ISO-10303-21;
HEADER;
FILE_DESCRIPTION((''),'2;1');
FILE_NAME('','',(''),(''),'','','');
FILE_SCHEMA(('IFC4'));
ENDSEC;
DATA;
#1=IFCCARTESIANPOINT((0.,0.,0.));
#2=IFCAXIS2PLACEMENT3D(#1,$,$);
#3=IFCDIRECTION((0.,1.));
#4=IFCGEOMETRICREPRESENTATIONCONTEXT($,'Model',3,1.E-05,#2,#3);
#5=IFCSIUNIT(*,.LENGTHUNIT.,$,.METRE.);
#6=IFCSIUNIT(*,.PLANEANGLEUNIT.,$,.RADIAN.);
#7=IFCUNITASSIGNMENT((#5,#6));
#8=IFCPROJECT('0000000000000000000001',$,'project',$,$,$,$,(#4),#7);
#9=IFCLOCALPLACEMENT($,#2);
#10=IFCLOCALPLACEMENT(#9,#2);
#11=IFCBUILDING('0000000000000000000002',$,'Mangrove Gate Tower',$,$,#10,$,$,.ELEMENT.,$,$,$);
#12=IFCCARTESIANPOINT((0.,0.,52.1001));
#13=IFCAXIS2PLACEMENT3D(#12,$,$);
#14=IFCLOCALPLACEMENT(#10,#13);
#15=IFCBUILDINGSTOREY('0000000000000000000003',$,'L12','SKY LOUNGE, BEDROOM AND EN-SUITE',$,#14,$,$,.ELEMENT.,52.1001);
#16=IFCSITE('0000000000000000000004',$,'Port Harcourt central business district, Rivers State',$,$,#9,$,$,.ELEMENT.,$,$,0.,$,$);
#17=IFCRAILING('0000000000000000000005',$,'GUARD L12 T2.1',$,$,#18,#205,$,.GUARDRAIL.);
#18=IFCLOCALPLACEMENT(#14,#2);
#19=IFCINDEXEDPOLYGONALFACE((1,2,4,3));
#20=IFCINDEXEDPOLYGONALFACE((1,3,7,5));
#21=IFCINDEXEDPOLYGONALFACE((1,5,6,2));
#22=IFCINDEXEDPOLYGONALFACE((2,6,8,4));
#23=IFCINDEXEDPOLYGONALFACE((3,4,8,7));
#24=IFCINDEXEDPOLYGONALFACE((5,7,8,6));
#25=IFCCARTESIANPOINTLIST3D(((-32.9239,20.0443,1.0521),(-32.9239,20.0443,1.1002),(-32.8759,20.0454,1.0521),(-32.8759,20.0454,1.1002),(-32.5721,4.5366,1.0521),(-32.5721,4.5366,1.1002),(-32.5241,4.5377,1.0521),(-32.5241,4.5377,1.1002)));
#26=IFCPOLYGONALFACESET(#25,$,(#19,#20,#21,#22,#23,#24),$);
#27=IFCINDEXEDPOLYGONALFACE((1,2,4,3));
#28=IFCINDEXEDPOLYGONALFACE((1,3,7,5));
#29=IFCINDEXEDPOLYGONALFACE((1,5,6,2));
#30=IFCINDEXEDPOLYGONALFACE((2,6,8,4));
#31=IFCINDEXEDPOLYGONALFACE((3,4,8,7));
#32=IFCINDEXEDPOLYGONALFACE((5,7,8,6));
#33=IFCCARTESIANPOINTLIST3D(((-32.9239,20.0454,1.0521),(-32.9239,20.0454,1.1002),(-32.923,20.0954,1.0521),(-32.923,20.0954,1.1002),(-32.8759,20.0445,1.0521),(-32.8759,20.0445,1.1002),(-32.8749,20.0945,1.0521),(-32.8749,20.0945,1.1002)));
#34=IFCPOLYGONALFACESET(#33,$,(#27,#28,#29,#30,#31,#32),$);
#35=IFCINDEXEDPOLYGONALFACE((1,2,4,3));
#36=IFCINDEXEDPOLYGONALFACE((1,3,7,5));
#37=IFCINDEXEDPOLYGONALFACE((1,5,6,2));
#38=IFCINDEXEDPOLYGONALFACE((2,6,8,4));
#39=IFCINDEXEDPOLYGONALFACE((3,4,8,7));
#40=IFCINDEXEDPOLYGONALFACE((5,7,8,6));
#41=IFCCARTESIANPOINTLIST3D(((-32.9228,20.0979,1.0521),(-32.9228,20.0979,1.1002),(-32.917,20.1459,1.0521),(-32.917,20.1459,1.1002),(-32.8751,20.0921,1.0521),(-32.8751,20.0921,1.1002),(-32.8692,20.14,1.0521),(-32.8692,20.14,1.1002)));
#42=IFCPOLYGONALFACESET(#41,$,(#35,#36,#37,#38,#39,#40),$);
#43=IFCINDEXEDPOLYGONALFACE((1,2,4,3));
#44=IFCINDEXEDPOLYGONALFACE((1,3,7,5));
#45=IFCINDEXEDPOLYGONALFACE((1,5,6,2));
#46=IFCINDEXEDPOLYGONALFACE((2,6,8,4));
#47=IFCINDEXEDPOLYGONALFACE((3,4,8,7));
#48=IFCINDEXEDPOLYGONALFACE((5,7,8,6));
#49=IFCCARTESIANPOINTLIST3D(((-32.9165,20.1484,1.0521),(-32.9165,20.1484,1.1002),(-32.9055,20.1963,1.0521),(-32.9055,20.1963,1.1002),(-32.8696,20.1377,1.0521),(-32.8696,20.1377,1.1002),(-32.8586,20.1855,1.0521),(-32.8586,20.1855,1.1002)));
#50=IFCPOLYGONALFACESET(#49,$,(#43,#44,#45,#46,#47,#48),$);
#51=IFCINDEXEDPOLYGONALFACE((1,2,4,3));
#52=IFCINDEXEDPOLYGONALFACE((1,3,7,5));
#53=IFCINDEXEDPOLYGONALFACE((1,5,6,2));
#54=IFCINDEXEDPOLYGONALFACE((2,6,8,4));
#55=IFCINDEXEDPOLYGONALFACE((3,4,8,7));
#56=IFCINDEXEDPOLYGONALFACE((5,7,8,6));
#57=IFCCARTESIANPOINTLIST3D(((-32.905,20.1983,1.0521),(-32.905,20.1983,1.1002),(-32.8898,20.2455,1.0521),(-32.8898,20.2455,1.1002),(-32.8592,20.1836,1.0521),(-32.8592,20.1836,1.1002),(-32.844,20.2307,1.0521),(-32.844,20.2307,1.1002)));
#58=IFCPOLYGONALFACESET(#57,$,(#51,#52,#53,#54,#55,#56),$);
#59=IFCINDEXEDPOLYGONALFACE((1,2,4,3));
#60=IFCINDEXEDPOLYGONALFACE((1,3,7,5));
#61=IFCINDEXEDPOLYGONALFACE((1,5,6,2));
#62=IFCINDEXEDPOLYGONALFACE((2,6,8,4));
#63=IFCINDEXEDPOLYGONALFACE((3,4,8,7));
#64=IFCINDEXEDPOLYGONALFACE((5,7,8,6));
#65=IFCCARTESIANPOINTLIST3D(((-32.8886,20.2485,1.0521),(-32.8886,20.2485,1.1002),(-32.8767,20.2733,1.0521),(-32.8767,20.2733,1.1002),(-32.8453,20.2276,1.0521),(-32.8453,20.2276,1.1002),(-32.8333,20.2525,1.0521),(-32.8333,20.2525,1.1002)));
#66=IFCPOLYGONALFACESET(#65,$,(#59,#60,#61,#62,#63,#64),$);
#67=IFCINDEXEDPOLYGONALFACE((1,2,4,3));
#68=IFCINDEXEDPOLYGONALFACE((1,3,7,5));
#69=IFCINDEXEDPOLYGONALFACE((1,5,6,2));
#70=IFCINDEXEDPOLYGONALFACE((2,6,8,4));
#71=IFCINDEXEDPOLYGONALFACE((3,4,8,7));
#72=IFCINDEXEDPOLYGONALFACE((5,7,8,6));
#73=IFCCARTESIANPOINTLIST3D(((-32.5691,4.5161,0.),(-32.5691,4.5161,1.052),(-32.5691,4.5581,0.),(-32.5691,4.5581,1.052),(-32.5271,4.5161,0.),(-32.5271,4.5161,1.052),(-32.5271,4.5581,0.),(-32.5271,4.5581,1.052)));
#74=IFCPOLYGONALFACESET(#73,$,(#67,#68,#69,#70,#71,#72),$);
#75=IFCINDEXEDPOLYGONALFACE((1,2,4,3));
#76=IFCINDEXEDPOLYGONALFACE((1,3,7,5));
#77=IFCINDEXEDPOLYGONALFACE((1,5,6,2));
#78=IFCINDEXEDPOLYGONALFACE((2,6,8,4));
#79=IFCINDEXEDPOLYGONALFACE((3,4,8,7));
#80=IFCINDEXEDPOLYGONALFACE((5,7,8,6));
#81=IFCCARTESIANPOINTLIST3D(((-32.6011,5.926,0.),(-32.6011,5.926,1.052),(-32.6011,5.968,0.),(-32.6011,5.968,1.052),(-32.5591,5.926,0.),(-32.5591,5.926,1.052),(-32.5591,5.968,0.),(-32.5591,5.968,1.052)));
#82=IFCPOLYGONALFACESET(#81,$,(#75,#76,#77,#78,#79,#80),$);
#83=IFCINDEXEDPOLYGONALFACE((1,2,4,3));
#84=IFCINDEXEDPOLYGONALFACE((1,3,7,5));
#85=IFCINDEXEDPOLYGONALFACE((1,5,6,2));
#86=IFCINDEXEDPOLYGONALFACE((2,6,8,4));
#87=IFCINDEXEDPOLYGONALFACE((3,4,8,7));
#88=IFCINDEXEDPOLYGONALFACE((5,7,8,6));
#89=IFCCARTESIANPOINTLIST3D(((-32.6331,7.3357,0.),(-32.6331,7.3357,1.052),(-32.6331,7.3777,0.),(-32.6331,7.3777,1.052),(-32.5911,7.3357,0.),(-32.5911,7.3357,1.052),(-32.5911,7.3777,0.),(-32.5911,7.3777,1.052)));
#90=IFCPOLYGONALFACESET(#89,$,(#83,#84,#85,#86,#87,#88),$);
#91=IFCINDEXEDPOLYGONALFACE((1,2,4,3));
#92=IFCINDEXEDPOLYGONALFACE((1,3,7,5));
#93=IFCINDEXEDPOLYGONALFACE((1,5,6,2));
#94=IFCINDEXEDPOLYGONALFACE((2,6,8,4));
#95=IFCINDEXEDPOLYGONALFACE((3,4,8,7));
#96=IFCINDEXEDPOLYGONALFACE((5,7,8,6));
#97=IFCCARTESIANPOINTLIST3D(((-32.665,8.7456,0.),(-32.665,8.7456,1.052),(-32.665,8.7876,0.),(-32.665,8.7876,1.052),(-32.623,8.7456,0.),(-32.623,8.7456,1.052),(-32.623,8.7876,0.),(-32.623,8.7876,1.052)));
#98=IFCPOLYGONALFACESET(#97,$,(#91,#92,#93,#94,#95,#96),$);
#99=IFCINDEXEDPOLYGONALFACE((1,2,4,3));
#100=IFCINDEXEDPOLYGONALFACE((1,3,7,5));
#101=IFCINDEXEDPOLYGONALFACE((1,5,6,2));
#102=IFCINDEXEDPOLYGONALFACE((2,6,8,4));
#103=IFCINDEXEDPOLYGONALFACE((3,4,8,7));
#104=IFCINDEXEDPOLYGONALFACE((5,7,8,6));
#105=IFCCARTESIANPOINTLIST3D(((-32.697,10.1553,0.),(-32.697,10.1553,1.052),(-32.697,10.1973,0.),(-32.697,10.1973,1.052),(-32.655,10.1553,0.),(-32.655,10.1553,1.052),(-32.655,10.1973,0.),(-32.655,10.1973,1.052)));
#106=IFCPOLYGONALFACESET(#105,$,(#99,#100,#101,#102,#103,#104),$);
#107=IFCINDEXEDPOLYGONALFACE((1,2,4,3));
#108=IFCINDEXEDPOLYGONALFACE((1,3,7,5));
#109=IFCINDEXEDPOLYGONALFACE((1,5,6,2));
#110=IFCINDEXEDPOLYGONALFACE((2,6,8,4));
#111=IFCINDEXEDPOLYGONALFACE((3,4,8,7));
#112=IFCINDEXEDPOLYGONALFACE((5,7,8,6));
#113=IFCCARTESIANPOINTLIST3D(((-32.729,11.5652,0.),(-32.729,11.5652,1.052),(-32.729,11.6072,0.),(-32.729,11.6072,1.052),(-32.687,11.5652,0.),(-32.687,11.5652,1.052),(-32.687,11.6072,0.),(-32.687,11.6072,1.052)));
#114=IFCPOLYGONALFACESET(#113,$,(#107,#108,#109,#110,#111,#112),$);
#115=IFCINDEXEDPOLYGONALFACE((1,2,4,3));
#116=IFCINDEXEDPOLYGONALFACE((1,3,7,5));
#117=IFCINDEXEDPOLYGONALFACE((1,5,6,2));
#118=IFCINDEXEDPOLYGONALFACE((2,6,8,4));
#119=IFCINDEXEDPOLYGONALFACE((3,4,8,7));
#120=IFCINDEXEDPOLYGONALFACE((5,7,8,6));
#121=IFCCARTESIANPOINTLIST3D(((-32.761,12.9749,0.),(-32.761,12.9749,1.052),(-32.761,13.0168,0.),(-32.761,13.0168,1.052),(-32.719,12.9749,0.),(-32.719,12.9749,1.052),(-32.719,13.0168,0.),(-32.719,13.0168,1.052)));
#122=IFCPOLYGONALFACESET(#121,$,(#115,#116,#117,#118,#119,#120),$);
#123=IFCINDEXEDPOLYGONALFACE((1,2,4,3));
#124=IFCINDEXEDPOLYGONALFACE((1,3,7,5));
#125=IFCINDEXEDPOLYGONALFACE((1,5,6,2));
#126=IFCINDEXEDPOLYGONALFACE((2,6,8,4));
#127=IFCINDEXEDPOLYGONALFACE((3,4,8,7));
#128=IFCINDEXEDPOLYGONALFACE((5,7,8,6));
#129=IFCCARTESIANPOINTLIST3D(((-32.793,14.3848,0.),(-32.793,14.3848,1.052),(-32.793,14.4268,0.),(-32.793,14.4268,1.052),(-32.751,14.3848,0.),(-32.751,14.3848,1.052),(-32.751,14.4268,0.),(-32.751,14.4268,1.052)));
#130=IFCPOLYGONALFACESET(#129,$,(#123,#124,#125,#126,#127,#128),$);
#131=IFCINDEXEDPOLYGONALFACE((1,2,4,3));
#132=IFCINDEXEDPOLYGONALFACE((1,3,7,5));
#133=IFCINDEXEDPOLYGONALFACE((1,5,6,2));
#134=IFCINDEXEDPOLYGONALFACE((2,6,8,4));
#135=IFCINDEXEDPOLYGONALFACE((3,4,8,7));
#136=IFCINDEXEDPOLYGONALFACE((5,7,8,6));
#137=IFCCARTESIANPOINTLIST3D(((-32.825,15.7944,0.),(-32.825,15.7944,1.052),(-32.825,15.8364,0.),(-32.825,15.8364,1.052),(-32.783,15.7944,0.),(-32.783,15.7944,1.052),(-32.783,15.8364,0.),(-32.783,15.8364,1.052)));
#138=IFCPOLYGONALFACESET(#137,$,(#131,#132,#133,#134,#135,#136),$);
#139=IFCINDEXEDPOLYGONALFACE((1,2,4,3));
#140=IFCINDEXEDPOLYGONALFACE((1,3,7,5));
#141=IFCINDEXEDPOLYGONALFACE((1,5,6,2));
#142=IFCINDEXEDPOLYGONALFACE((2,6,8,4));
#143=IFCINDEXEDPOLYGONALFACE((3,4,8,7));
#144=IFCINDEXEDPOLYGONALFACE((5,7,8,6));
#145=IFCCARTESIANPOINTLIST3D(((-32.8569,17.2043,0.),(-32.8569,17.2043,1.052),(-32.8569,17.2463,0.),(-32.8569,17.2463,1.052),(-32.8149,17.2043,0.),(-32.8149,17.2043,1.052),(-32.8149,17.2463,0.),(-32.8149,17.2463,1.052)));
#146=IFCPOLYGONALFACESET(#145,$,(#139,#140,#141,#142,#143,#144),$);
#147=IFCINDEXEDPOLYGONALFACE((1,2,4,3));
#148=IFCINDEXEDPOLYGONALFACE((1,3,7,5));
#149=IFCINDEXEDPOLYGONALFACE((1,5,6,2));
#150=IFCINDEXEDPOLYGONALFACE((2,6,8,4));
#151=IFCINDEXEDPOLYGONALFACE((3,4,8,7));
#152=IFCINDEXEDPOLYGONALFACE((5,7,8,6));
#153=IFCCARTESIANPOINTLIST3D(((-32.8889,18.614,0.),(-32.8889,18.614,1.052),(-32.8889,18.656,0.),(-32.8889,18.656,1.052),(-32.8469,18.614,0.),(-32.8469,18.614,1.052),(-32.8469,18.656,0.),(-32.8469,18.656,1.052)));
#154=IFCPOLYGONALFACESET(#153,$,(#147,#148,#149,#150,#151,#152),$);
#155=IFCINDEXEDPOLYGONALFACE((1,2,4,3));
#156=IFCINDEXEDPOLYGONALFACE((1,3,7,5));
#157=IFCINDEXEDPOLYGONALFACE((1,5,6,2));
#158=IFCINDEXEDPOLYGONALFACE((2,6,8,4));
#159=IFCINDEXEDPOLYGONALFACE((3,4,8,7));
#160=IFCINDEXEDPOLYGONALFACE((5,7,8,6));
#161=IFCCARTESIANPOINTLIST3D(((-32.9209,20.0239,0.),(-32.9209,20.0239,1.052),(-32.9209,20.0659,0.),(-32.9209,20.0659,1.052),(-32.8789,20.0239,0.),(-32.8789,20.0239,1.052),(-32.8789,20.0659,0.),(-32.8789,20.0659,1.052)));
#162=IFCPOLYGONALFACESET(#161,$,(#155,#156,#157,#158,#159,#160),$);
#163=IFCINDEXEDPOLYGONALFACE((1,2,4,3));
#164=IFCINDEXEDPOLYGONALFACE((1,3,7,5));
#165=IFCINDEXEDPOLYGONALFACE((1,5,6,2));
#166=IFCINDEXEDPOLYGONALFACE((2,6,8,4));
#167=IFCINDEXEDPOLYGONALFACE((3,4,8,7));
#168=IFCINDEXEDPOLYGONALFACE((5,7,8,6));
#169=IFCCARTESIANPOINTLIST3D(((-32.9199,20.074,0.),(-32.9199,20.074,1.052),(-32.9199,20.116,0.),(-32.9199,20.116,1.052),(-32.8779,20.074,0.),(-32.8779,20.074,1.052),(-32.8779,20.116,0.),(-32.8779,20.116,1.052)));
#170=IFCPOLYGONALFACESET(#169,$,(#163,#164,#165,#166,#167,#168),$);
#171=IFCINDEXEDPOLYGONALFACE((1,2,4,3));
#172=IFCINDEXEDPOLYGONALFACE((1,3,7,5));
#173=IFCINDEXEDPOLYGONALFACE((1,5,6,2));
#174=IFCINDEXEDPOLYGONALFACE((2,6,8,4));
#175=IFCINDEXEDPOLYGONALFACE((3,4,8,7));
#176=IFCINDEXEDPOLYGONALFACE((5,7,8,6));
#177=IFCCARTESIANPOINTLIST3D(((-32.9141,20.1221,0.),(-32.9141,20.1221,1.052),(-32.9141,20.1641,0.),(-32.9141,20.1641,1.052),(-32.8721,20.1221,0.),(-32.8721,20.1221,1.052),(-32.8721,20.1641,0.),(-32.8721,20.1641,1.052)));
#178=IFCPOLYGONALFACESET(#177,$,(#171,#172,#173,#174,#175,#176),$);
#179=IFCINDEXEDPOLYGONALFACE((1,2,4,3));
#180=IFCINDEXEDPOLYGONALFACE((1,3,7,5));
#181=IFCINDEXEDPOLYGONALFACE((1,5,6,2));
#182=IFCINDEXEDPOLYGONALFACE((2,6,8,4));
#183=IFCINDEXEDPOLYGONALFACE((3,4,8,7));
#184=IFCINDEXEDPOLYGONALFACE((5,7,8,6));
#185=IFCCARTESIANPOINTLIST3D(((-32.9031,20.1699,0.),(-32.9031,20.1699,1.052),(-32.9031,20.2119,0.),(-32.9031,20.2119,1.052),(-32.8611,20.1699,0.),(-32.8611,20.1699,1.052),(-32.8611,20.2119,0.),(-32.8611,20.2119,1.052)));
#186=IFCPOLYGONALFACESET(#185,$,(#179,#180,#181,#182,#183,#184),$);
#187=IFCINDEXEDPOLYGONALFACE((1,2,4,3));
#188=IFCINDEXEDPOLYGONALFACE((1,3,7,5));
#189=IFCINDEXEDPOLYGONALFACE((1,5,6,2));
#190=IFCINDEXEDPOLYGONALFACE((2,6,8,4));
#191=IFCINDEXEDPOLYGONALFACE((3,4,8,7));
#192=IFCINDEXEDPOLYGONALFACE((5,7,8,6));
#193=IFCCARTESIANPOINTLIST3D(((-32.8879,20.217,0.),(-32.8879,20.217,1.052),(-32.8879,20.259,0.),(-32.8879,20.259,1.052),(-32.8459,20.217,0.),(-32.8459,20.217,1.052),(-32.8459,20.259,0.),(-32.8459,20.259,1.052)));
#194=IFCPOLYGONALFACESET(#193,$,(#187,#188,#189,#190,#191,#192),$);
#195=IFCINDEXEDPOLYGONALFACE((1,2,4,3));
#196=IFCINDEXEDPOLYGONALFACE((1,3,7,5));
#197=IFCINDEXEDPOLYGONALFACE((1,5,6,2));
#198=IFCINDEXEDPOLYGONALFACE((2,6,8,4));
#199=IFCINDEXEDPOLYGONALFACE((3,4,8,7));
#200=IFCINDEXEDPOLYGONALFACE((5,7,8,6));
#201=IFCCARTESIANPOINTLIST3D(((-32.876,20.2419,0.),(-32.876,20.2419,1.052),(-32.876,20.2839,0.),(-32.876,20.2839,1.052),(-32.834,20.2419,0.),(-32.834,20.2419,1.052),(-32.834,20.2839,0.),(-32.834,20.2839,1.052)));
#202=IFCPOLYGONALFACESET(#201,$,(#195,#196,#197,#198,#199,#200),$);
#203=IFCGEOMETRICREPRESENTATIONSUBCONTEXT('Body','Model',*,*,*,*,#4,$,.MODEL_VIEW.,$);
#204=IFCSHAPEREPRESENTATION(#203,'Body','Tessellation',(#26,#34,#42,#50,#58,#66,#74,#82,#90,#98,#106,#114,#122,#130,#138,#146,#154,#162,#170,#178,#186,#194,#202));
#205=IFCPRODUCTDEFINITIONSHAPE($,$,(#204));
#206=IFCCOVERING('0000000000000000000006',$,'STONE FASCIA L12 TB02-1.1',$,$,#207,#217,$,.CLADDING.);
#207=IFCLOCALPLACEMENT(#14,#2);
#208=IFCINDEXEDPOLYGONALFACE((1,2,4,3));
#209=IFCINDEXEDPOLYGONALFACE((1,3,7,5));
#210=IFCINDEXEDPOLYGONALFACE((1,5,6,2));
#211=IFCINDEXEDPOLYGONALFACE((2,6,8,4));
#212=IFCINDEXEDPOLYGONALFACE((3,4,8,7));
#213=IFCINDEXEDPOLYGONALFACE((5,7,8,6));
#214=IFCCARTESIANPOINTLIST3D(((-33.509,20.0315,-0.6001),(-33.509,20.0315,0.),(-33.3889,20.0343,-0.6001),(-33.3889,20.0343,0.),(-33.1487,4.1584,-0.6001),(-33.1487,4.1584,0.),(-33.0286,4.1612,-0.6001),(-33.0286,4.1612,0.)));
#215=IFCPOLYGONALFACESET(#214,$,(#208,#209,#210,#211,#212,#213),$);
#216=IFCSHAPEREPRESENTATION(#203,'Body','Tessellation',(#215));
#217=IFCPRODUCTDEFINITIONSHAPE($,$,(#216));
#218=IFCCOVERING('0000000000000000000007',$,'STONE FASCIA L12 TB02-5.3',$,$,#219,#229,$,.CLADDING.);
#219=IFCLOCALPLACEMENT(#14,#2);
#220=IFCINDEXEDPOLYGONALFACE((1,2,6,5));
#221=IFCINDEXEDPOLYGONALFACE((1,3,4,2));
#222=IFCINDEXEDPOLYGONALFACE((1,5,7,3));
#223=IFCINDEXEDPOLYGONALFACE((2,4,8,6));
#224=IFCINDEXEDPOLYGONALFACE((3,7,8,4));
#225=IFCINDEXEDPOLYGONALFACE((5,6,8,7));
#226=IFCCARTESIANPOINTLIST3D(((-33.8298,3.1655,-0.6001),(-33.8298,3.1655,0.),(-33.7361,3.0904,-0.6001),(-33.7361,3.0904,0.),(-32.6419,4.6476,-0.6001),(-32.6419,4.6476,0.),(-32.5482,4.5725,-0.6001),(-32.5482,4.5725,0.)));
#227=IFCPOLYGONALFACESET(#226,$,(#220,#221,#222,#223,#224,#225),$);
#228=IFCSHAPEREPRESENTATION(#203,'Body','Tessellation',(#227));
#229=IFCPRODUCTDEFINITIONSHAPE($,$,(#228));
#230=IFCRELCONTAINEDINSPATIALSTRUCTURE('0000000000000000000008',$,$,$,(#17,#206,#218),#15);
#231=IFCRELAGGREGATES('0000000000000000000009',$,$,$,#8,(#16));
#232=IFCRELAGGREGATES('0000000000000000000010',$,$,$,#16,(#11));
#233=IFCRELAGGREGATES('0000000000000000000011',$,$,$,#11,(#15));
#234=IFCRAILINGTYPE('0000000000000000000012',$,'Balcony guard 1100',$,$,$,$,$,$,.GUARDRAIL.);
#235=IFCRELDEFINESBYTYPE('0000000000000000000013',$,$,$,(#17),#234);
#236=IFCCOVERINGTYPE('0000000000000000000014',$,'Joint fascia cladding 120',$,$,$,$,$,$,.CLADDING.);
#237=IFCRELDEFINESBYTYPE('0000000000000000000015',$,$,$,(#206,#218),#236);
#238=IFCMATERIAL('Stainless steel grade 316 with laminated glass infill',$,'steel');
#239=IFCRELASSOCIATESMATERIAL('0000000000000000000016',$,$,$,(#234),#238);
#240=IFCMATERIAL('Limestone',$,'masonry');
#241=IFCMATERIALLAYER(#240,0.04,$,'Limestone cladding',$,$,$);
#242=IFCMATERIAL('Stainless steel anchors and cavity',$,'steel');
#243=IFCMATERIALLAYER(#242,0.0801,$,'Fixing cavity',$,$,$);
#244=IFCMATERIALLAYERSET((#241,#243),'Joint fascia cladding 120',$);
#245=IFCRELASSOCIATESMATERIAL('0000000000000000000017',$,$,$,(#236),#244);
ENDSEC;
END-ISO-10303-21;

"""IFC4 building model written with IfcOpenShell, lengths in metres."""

from ifc_helpers import new_model, si_unit, direction, frame, frame_2d, origin, origin_2d, place, context, subcontext, project, spatial, rectangle, extrude, material, layer, layer_set, type_object, element, save


model = new_model("IFC4")

# Units and contexts
model_context = context("Model", 3, precision=1e-05, world=origin(), true_north=direction((0.0, 1.0)))
body_context = subcontext(model_context, "Body", "Model", "MODEL_VIEW")
ifc_project = project(units=[si_unit("LENGTHUNIT", "METRE"), si_unit("PLANEANGLEUNIT", "RADIAN")], contexts=[model_context])

# Site, building, storey
site_placement = place(None, origin())
site = spatial("IfcSite", under=ifc_project, at=site_placement, Name="Port Harcourt central business district, Rivers State", CompositionType="ELEMENT", RefElevation=0.0)
building_placement = place(site_placement, origin())
building = spatial("IfcBuilding", under=site, at=building_placement, Name="Mangrove Gate Tower", CompositionType="ELEMENT")
storey_placement = place(building_placement, frame((0.0, 0.0, 52.1001)))
storey = spatial("IfcBuildingStorey", under=building, at=storey_placement, Name="L12", Description="SKY LOUNGE, BEDROOM AND EN-SUITE", CompositionType="ELEMENT", Elevation=52.1001)

# Railing
ifc_material_1 = material(Name="Stainless steel grade 316 with laminated glass infill", Category="steel")
railing_type = type_object("IfcRailingType", Name="Balcony guard 1100", PredefinedType="GUARDRAIL", material=ifc_material_1)
railing_placement = place(storey_placement, frame((-32.5481, 4.5371, 0.0)))
element("IfcRailing", 1, at=railing_placement, inside=storey, type_object=railing_type, Name="GUARD L12 T2.1", PredefinedType="GUARDRAIL", context=body_context, shape_type="SweptSolid", body=[
    extrude(rectangle(XDim=0.0481, YDim=0.0481, at=origin_2d()), frame((0.0, 0.0, 1.0762), z_axis=(-0.02268, 0.999743, 0.0), x_axis=(-0.999743, -0.02268, 0.0)), (0.0, 0.0, 1.0), 15.5117),
    extrude(rectangle(XDim=0.0481, YDim=0.0481, at=origin_2d()), frame((-0.3518, 15.5078, 1.0762), z_axis=(0.019508, 0.99981, 0.0), x_axis=(-0.99981, 0.019508, 0.0)), (0.0, 0.0, 1.0), 0.05),
    extrude(rectangle(XDim=0.0481, YDim=0.0481, at=origin_2d()), frame((-0.3508, 15.5579, 1.0762), z_axis=(0.120933, 0.992661, 0.0), x_axis=(-0.992661, 0.120933, 0.0)), (0.0, 0.0, 1.0), 0.0483),
    extrude(rectangle(XDim=0.0481, YDim=0.0481, at=origin_2d()), frame((-0.345, 15.606, 1.0762), z_axis=(0.22377, 0.974642, 0.0), x_axis=(-0.974642, 0.22377, 0.0)), (0.0, 0.0, 1.0), 0.0491),
    extrude(rectangle(XDim=0.0481, YDim=0.0481, at=origin_2d()), frame((-0.334, 15.6538, 1.0762), z_axis=(0.305849, 0.95208, 0.0), x_axis=(-0.95208, 0.305849, 0.0)), (0.0, 0.0, 1.0), 0.0496),
    extrude(rectangle(XDim=0.0481, YDim=0.0481, at=origin_2d()), frame((-0.3188, 15.7009, 1.0762), z_axis=(0.433018, 0.901385, 0.0), x_axis=(-0.901385, 0.433018, 0.0)), (0.0, 0.0, 1.0), 0.0276),
    extrude(rectangle(XDim=0.042, YDim=0.042, at=origin_2d()), origin(), (0.0, 0.0, 1.0), 1.052),
    extrude(rectangle(XDim=0.042, YDim=0.042, at=origin_2d()), frame((-0.032, 1.4099, 0.0)), (0.0, 0.0, 1.0), 1.052),
    extrude(rectangle(XDim=0.042, YDim=0.042, at=origin_2d()), frame((-0.064, 2.8196, 0.0)), (0.0, 0.0, 1.0), 1.052),
    extrude(rectangle(XDim=0.042, YDim=0.042, at=origin_2d()), frame((-0.0959, 4.2295, 0.0)), (0.0, 0.0, 1.0), 1.052),
    extrude(rectangle(XDim=0.042, YDim=0.042, at=origin_2d()), frame((-0.1279, 5.6392, 0.0)), (0.0, 0.0, 1.0), 1.052),
    extrude(rectangle(XDim=0.042, YDim=0.042, at=origin_2d()), frame((-0.1599, 7.0491, 0.0)), (0.0, 0.0, 1.0), 1.052),
    extrude(rectangle(XDim=0.042, YDim=0.042, at=origin_2d()), frame((-0.1919, 8.4587, 0.0)), (0.0, 0.0, 1.0), 1.052),
    extrude(rectangle(XDim=0.042, YDim=0.042, at=origin_2d()), frame((-0.2239, 9.8687, 0.0)), (0.0, 0.0, 1.0), 1.052),
    extrude(rectangle(XDim=0.042, YDim=0.042, at=origin_2d()), frame((-0.2559, 11.2783, 0.0)), (0.0, 0.0, 1.0), 1.052),
    extrude(rectangle(XDim=0.042, YDim=0.042, at=origin_2d()), frame((-0.2878, 12.6882, 0.0)), (0.0, 0.0, 1.0), 1.052),
    extrude(rectangle(XDim=0.042, YDim=0.042, at=origin_2d()), frame((-0.3198, 14.0979, 0.0)), (0.0, 0.0, 1.0), 1.052),
    extrude(rectangle(XDim=0.042, YDim=0.042, at=origin_2d()), frame((-0.3518, 15.5078, 0.0)), (0.0, 0.0, 1.0), 1.052),
    extrude(rectangle(XDim=0.042, YDim=0.042, at=origin_2d()), frame((-0.3508, 15.5579, 0.0)), (0.0, 0.0, 1.0), 1.052),
    extrude(rectangle(XDim=0.042, YDim=0.042, at=origin_2d()), frame((-0.345, 15.606, 0.0)), (0.0, 0.0, 1.0), 1.052),
    extrude(rectangle(XDim=0.042, YDim=0.042, at=origin_2d()), frame((-0.334, 15.6538, 0.0)), (0.0, 0.0, 1.0), 1.052),
    extrude(rectangle(XDim=0.042, YDim=0.042, at=origin_2d()), frame((-0.3188, 15.7009, 0.0)), (0.0, 0.0, 1.0), 1.052),
    extrude(rectangle(XDim=0.042, YDim=0.042, at=origin_2d()), frame((-0.3069, 15.7258, 0.0)), (0.0, 0.0, 1.0), 1.052),
])

# Coverings
ifc_material_2 = material(Name="Limestone", Category="masonry")
ifc_layer_1 = layer(ifc_material_2, 0.04, Name="Limestone cladding")
ifc_material_3 = material(Name="Stainless steel anchors and cavity", Category="steel")
ifc_layer_2 = layer(ifc_material_3, 0.0801, Name="Fixing cavity")
ifc_layer_set_1 = layer_set([ifc_layer_1, ifc_layer_2], Name="Joint fascia cladding 120")
covering_type = type_object("IfcCoveringType", Name="Joint fascia cladding 120", PredefinedType="CLADDING", material=ifc_layer_set_1)
covering_1_placement = place(storey_placement, frame((-33.0886, 4.1599, -0.6001), z_axis=(0.0, 0.0, 1.0), x_axis=(-0.022696, 0.999742, 0.0)))
element("IfcCovering", 2, at=covering_1_placement, inside=storey, type_object=covering_type, Name="STONE FASCIA L12 TB02-1.1", PredefinedType="CLADDING", context=body_context, shape_type="SweptSolid", body=[
    extrude(rectangle(XDim=15.8772, YDim=0.1201, at=frame_2d((7.9385, 0.0))), origin(), (0.0, 0.0, 1.0), 0.6001),
])
covering_2_placement = place(storey_placement, frame((-33.783, 3.1279, -0.6001), z_axis=(0.0, 0.0, 1.0), x_axis=(0.625416, 0.780292, 0.0)))
element("IfcCovering", 3, at=covering_2_placement, inside=storey, type_object=covering_type, Name="STONE FASCIA L12 TB02-5.3", PredefinedType="CLADDING", context=body_context, shape_type="SweptSolid", body=[
    extrude(rectangle(XDim=1.8994, YDim=0.1201, at=frame_2d((0.9497, 0.0))), origin(), (0.0, 0.0, 1.0), 0.6001),
])

save(model, "model.ifc")
